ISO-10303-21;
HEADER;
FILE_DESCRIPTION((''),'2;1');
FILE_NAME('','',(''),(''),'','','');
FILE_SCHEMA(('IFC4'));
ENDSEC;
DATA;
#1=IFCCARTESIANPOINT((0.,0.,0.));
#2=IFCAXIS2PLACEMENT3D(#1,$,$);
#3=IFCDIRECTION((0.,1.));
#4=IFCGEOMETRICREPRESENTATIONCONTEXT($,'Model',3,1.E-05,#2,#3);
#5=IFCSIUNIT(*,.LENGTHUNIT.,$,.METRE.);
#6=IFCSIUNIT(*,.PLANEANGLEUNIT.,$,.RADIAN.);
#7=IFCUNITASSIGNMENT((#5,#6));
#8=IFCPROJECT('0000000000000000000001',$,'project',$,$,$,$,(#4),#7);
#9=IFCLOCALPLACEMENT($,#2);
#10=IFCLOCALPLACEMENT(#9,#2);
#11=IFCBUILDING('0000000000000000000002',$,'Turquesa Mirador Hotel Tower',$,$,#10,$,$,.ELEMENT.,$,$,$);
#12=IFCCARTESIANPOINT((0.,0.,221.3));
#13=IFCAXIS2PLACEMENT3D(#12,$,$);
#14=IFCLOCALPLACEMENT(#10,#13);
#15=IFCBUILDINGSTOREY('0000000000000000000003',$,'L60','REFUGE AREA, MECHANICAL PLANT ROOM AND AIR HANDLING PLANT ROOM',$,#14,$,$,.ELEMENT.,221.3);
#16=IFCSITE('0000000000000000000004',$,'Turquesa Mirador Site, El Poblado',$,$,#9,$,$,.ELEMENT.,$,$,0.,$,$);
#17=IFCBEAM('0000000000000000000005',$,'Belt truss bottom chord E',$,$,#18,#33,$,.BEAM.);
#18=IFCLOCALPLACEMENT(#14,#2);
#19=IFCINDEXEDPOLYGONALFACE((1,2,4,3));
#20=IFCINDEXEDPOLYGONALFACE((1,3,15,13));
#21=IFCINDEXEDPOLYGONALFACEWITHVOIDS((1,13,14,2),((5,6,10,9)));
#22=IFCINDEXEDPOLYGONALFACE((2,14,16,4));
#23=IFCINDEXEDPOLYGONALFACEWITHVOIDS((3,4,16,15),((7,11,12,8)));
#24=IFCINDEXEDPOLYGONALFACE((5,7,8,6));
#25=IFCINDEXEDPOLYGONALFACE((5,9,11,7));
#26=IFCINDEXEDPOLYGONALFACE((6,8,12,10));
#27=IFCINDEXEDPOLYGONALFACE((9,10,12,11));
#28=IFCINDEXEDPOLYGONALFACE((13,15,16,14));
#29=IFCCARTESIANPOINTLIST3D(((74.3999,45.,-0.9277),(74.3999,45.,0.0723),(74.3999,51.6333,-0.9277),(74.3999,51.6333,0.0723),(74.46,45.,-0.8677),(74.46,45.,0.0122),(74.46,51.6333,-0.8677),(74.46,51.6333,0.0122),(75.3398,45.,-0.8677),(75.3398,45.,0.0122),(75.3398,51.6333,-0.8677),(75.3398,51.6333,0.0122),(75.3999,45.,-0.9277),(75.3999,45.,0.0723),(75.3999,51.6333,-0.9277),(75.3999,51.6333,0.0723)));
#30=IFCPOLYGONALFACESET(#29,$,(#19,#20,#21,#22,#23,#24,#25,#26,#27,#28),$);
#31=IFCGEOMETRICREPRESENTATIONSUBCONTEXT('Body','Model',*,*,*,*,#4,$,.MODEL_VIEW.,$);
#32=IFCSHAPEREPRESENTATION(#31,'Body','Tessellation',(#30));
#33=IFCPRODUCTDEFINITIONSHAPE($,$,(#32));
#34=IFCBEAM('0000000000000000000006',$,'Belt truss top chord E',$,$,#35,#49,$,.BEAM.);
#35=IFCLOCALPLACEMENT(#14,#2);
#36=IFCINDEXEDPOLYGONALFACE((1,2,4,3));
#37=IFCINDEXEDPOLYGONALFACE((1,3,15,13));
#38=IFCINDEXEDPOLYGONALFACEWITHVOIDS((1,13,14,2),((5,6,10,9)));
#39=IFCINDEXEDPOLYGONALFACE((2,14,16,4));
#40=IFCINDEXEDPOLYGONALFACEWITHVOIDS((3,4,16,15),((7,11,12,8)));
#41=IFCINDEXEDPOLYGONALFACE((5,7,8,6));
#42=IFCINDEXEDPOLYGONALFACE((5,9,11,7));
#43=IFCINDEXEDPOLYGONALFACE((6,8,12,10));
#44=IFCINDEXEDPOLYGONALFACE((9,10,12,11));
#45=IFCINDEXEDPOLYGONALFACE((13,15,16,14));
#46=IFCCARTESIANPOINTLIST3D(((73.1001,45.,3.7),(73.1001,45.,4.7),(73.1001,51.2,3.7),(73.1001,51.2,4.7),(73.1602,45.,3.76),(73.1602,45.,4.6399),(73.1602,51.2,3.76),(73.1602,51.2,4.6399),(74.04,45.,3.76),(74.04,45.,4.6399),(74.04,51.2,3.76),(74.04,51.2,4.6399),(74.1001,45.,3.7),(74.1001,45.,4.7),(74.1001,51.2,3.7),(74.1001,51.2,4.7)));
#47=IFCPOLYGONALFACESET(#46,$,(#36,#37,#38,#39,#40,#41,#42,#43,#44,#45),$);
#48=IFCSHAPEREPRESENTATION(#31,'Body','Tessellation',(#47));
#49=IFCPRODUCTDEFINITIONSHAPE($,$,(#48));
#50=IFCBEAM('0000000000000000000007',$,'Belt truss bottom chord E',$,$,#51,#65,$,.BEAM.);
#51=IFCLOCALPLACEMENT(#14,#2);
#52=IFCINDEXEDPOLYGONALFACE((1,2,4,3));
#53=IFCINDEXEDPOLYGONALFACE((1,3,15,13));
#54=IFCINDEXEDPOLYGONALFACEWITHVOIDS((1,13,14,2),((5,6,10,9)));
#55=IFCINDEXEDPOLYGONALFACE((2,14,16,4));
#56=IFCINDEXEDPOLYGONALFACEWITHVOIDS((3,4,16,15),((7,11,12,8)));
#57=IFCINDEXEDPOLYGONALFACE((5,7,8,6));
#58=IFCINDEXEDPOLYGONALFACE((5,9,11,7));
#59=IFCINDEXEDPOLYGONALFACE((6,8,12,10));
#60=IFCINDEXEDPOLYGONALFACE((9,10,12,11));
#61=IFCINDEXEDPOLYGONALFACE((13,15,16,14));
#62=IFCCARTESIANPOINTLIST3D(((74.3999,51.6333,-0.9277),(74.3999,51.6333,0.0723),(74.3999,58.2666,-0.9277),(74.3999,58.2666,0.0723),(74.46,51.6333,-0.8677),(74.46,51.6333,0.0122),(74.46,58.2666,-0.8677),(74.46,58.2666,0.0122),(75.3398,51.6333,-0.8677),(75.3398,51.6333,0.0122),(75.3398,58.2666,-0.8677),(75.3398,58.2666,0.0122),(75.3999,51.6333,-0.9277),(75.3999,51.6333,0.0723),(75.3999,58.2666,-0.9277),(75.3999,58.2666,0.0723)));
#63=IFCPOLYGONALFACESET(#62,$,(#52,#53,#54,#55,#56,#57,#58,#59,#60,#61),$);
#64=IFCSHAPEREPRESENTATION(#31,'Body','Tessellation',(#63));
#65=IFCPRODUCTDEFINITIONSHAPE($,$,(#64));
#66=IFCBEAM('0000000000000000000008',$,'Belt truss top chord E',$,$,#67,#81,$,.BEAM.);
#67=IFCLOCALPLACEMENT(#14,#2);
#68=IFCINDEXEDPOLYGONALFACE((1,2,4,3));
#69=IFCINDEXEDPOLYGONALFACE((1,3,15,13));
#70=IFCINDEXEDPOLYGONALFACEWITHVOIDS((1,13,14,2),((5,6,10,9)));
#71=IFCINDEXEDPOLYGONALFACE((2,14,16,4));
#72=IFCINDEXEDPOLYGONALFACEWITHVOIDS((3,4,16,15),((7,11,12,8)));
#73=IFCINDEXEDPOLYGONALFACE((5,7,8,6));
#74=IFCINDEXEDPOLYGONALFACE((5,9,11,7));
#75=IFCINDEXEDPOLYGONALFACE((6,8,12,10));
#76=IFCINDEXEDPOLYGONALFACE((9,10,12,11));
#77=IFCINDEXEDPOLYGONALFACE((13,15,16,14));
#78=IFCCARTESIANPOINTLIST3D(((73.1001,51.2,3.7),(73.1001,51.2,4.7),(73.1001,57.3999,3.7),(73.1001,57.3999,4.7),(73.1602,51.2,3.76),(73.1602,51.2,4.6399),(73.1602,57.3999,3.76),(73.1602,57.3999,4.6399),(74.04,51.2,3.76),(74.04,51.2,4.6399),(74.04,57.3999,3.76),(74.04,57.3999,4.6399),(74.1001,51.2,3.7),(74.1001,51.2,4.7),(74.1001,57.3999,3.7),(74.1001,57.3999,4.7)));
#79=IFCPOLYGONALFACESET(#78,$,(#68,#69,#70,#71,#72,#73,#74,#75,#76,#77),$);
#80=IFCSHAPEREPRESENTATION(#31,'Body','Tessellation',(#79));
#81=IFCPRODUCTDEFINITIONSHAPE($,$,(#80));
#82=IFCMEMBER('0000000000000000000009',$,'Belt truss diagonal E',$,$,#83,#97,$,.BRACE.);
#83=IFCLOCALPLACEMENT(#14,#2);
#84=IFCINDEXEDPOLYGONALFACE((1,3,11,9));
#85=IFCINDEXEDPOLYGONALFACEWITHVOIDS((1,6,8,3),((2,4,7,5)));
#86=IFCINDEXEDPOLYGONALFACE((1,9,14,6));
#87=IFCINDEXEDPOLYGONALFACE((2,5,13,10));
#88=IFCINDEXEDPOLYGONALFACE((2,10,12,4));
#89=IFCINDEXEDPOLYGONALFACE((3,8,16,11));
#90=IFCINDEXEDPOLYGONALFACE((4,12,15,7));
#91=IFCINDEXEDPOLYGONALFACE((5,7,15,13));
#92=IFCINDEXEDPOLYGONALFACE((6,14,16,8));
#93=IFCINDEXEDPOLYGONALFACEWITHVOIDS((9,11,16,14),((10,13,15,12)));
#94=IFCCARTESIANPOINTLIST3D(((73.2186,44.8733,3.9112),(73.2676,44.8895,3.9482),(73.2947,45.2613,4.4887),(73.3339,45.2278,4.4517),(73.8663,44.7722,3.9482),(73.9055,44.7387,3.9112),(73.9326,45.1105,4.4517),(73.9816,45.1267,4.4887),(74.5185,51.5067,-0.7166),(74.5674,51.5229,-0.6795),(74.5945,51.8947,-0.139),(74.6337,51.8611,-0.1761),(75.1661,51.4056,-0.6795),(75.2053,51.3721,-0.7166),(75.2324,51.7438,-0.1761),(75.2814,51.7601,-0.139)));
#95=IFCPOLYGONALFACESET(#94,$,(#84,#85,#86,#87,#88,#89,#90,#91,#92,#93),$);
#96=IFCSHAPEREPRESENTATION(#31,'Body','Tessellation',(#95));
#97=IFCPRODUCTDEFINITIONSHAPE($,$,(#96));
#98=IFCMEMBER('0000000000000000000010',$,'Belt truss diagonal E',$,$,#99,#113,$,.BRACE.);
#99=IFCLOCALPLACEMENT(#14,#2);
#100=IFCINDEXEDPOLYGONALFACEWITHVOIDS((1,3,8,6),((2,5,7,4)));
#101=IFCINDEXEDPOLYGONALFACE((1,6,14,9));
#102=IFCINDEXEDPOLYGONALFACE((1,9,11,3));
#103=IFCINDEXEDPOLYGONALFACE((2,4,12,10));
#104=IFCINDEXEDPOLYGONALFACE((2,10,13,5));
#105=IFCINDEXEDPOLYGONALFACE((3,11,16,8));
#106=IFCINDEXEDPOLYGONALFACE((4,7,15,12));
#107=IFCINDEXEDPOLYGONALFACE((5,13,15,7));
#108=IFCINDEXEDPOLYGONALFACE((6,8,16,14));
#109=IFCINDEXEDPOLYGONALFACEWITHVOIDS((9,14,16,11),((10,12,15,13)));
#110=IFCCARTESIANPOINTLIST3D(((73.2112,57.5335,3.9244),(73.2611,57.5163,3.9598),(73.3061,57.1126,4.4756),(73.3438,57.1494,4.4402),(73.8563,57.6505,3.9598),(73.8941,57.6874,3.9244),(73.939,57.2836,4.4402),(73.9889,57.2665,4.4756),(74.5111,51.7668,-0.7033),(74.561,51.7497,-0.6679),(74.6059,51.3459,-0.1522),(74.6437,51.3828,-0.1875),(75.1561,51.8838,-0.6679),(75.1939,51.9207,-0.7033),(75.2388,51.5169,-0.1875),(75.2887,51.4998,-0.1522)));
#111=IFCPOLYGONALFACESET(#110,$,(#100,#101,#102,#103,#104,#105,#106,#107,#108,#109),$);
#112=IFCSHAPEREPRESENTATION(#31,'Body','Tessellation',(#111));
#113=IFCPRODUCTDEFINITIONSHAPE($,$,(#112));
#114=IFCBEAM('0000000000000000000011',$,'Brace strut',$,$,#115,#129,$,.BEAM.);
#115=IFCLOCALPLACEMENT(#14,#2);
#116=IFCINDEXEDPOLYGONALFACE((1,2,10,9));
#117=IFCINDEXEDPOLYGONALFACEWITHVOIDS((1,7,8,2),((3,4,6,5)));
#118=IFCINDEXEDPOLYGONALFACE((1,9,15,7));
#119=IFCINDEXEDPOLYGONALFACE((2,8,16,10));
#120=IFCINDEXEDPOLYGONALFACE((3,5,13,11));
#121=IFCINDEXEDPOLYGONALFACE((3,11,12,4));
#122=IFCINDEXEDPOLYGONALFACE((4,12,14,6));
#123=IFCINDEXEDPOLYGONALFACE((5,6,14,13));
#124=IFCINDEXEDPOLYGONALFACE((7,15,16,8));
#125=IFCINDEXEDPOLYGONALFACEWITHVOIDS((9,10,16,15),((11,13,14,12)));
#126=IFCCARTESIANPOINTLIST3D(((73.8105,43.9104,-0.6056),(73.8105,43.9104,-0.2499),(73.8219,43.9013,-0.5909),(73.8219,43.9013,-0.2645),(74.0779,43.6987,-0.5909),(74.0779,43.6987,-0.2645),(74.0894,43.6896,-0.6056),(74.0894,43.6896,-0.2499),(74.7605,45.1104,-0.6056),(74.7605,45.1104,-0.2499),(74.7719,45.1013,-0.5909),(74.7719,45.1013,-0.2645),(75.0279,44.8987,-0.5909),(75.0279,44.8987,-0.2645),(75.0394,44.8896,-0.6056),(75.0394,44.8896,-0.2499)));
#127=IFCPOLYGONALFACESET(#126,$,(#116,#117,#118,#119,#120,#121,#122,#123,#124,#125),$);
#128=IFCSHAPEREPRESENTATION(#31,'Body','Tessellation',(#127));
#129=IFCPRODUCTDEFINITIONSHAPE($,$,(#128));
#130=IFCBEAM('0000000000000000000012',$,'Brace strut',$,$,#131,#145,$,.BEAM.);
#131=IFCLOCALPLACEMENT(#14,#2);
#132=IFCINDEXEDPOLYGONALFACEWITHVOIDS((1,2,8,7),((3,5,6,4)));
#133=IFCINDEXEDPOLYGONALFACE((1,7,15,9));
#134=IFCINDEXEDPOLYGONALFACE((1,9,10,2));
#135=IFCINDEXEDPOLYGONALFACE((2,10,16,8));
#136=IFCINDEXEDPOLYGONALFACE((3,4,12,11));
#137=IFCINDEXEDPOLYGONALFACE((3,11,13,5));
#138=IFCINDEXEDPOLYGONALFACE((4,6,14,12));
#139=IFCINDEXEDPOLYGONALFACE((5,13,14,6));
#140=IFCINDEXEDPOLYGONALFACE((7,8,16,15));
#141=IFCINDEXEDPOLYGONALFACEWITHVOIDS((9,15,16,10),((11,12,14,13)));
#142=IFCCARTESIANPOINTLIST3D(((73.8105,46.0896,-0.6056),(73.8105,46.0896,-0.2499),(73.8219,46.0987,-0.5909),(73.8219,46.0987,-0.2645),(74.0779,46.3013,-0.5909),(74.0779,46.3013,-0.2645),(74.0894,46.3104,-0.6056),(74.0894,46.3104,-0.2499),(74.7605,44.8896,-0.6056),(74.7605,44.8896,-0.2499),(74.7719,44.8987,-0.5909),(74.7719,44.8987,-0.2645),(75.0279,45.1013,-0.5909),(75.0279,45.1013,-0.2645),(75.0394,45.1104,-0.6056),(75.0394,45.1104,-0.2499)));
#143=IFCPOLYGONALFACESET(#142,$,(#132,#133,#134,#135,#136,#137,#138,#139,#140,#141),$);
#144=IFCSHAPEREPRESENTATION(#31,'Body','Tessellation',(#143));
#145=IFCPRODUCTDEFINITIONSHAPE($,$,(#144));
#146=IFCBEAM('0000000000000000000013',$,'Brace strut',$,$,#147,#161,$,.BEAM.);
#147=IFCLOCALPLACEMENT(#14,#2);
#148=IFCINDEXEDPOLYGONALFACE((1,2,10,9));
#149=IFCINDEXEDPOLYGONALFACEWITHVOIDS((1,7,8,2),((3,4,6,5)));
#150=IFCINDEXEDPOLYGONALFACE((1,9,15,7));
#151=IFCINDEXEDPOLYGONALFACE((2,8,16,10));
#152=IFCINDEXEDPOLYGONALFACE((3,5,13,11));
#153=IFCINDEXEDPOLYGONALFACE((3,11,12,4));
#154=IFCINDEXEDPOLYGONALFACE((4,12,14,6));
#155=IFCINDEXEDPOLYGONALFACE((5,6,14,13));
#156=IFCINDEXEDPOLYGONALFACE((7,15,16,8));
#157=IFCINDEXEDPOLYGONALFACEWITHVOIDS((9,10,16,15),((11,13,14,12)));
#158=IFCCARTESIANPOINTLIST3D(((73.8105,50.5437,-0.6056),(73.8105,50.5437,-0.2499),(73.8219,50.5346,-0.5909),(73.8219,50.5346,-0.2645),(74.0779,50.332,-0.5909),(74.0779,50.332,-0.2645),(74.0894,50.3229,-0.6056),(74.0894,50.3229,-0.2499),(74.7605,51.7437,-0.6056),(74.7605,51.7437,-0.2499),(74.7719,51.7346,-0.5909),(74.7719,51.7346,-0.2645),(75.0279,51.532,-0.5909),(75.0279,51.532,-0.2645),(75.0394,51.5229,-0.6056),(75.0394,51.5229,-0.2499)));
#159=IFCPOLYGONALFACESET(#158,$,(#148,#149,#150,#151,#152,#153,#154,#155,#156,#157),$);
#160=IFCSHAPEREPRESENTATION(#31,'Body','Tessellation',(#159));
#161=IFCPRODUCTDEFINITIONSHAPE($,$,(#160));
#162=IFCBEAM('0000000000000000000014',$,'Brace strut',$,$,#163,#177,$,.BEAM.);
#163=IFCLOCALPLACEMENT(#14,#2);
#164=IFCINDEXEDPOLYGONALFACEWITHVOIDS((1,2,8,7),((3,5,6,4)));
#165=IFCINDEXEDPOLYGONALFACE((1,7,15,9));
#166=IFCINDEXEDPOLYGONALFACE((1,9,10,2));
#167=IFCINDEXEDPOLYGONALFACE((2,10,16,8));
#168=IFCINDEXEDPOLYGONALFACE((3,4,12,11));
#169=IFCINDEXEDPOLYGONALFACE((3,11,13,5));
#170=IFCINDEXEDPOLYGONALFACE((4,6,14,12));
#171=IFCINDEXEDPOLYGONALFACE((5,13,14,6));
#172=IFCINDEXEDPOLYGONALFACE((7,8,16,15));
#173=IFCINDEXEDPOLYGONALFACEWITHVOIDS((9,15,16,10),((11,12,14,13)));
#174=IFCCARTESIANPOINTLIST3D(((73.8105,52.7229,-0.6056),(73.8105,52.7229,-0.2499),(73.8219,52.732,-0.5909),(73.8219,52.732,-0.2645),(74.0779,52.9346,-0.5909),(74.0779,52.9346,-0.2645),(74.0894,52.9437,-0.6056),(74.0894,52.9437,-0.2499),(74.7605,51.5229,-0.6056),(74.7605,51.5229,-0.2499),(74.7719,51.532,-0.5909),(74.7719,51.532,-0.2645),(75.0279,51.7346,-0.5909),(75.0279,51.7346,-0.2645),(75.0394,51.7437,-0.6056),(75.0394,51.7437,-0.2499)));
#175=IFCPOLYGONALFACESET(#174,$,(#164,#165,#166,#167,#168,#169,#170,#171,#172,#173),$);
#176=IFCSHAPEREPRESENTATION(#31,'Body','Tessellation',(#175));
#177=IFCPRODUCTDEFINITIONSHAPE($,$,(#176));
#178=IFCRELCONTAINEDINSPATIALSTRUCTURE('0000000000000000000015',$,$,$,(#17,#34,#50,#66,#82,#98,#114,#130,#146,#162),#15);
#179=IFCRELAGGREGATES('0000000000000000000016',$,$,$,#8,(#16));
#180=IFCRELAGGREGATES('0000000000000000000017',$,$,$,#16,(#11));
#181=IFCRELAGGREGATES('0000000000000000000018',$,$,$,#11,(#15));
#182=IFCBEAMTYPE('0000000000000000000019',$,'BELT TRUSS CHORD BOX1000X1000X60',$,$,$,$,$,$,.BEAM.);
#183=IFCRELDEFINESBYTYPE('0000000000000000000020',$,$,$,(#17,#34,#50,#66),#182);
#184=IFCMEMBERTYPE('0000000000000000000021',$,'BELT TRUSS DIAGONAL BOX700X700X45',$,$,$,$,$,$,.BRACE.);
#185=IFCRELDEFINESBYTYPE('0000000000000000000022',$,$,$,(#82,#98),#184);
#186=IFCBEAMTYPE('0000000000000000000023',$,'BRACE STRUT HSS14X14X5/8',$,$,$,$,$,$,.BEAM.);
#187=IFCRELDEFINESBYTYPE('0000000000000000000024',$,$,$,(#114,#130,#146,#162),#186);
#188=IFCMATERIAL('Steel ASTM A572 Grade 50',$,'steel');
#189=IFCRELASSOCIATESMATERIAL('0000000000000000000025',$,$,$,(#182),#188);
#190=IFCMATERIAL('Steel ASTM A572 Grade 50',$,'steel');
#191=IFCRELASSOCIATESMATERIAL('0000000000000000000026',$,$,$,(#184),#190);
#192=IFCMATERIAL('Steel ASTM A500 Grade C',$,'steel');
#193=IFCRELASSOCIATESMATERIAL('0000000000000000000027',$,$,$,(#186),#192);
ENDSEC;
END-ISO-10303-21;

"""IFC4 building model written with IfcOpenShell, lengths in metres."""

from ifc_helpers import new_model, si_unit, direction, frame, origin, origin_2d, place, context, subcontext, project, spatial, hollow_rectangle, extrude, material, material_profile, profile_set, type_object, element, save


model = new_model("IFC4")

# Units and contexts
model_context = context("Model", 3, precision=1e-05, world=origin(), true_north=direction((0.0, 1.0)))
body_context = subcontext(model_context, "Body", "Model", "MODEL_VIEW")
ifc_project = project(units=[si_unit("LENGTHUNIT", "METRE"), si_unit("PLANEANGLEUNIT", "RADIAN")], contexts=[model_context])

# Site, building, storey
site_placement = place(None, origin())
site = spatial("IfcSite", under=ifc_project, at=site_placement, Name="Turquesa Mirador Site, El Poblado", CompositionType="ELEMENT", RefElevation=0.0)
building_placement = place(site_placement, origin())
building = spatial("IfcBuilding", under=site, at=building_placement, Name="Turquesa Mirador Hotel Tower", CompositionType="ELEMENT")
storey_placement = place(building_placement, frame((0.0, 0.0, 221.3)))
storey = spatial("IfcBuildingStorey", under=building, at=storey_placement, Name="L60", Description="REFUGE AREA, MECHANICAL PLANT ROOM AND AIR HANDLING PLANT ROOM", CompositionType="ELEMENT", Elevation=221.3)

# Beams
ifc_material_1 = material(Name="Steel ASTM A572 Grade 50", Category="steel")
ifc_material_profile_1 = material_profile(ifc_material_1, hollow_rectangle(XDim=1.0, YDim=1.0, WallThickness=0.0601, at=origin_2d()), Name="BOX1000X1000X60")
ifc_profile_set_1 = profile_set([ifc_material_profile_1], Name="Steel ASTM A572 Grade 50")
beam_type_1 = type_object("IfcBeamType", Name="BELT TRUSS CHORD BOX1000X1000X60", PredefinedType="BEAM", material=ifc_profile_set_1)
beam_1_placement = place(storey_placement, frame((74.8999, 45.0, -0.4277), z_axis=(0.0, 1.0, 0.0), x_axis=(-1.0, 0.0, 0.0)))
element("IfcBeam", 1, at=beam_1_placement, inside=storey, type_object=beam_type_1, Name="Belt truss bottom chord E", PredefinedType="BEAM", context=body_context, shape_type="SweptSolid", body=[
    extrude(hollow_rectangle(XDim=1.0, YDim=1.0, WallThickness=0.0601, at=origin_2d()), origin(), (0.0, 0.0, 1.0), 6.6333),
])
beam_2_placement = place(storey_placement, frame((73.6001, 45.0, 4.2), z_axis=(0.0, 1.0, 0.0), x_axis=(-1.0, 0.0, 0.0)))
element("IfcBeam", 2, at=beam_2_placement, inside=storey, type_object=beam_type_1, Name="Belt truss top chord E", PredefinedType="BEAM", context=body_context, shape_type="SweptSolid", body=[
    extrude(hollow_rectangle(XDim=1.0, YDim=1.0, WallThickness=0.0601, at=origin_2d()), origin(), (0.0, 0.0, 1.0), 6.2),
])
beam_3_placement = place(storey_placement, frame((74.8999, 51.6333, -0.4277), z_axis=(0.0, 1.0, 0.0), x_axis=(-1.0, 0.0, 0.0)))
element("IfcBeam", 3, at=beam_3_placement, inside=storey, type_object=beam_type_1, Name="Belt truss bottom chord E", PredefinedType="BEAM", context=body_context, shape_type="SweptSolid", body=[
    extrude(hollow_rectangle(XDim=1.0, YDim=1.0, WallThickness=0.0601, at=origin_2d()), origin(), (0.0, 0.0, 1.0), 6.6333),
])
beam_4_placement = place(storey_placement, frame((73.6001, 51.2, 4.2), z_axis=(0.0, 1.0, 0.0), x_axis=(-1.0, 0.0, 0.0)))
element("IfcBeam", 4, at=beam_4_placement, inside=storey, type_object=beam_type_1, Name="Belt truss top chord E", PredefinedType="BEAM", context=body_context, shape_type="SweptSolid", body=[
    extrude(hollow_rectangle(XDim=1.0, YDim=1.0, WallThickness=0.0601, at=origin_2d()), origin(), (0.0, 0.0, 1.0), 6.2),
])

# Members
ifc_material_2 = material(Name="Steel ASTM A572 Grade 50", Category="steel")
ifc_material_profile_2 = material_profile(ifc_material_2, hollow_rectangle(XDim=0.7, YDim=0.7, WallThickness=0.0449, at=origin_2d()), Name="BOX700X700X45")
ifc_profile_set_2 = profile_set([ifc_material_profile_2], Name="Steel ASTM A572 Grade 50")
member_type = type_object("IfcMemberType", Name="BELT TRUSS DIAGONAL BOX700X700X45", PredefinedType="BRACE", material=ifc_profile_set_2)
member_1_placement = place(storey_placement, frame((73.6001, 45.0, 4.2), z_axis=(0.158671, 0.809749, -0.564917), x_axis=(-0.981337, 0.192294, 0.0)))
element("IfcMember", 5, at=member_1_placement, inside=storey, type_object=member_type, Name="Belt truss diagonal E", PredefinedType="BRACE", context=body_context, shape_type="SweptSolid", body=[
    extrude(hollow_rectangle(XDim=0.7, YDim=0.7, WallThickness=0.0449, at=origin_2d()), origin(), (0.0, 0.0, 1.0), 8.1919),
])
member_2_placement = place(storey_placement, frame((74.8999, 51.6333, -0.4277), z_axis=(-0.17314, 0.768139, 0.61643), x_axis=(-0.975526, -0.219886, 0.0)))
element("IfcMember", 6, at=member_2_placement, inside=storey, type_object=member_type, Name="Belt truss diagonal E", PredefinedType="BRACE", context=body_context, shape_type="SweptSolid", body=[
    extrude(hollow_rectangle(XDim=0.7, YDim=0.7, WallThickness=0.0449, at=origin_2d()), origin(), (0.0, 0.0, 1.0), 7.5073),
])

# Beams
ifc_material_3 = material(Name="Steel ASTM A500 Grade C", Category="steel")
ifc_material_profile_3 = material_profile(ifc_material_3, hollow_rectangle(XDim=0.3557, YDim=0.3557, WallThickness=0.0146, at=origin_2d()), Name="HSS14X14X5/8")
ifc_profile_set_3 = profile_set([ifc_material_profile_3], Name="Steel ASTM A500 Grade C")
beam_type_2 = type_object("IfcBeamType", Name="BRACE STRUT HSS14X14X5/8", PredefinedType="BEAM", material=ifc_profile_set_3)
for number, where, z_axis, x_axis, name in (
    (7, (74.8999, 45.0, -0.4277), (-0.620699, -0.784049, 0.0), (0.784049, -0.620699, 0.0), "Brace strut"),
    (8, (74.8999, 45.0, -0.4277), (-0.620699, 0.784049, 0.0), (-0.784049, -0.620699, 0.0), "Brace strut"),
    (9, (74.8999, 51.6333, -0.4277), (-0.620699, -0.784049, 0.0), (0.784049, -0.620699, 0.0), "Brace strut"),
    (10, (74.8999, 51.6333, -0.4277), (-0.620699, 0.784049, 0.0), (-0.784049, -0.620699, 0.0), "Brace strut"),
):
    element("IfcBeam", number, at=place(storey_placement, frame(where, z_axis=z_axis, x_axis=x_axis)), inside=storey, type_object=beam_type_2, Name=name, PredefinedType="BEAM", context=body_context, shape_type="SweptSolid", body=[
        extrude(hollow_rectangle(XDim=0.3557, YDim=0.3557, WallThickness=0.0146, at=origin_2d()), origin(), (0.0, 0.0, 1.0), 1.5305),
    ])

save(model, "model.ifc")
